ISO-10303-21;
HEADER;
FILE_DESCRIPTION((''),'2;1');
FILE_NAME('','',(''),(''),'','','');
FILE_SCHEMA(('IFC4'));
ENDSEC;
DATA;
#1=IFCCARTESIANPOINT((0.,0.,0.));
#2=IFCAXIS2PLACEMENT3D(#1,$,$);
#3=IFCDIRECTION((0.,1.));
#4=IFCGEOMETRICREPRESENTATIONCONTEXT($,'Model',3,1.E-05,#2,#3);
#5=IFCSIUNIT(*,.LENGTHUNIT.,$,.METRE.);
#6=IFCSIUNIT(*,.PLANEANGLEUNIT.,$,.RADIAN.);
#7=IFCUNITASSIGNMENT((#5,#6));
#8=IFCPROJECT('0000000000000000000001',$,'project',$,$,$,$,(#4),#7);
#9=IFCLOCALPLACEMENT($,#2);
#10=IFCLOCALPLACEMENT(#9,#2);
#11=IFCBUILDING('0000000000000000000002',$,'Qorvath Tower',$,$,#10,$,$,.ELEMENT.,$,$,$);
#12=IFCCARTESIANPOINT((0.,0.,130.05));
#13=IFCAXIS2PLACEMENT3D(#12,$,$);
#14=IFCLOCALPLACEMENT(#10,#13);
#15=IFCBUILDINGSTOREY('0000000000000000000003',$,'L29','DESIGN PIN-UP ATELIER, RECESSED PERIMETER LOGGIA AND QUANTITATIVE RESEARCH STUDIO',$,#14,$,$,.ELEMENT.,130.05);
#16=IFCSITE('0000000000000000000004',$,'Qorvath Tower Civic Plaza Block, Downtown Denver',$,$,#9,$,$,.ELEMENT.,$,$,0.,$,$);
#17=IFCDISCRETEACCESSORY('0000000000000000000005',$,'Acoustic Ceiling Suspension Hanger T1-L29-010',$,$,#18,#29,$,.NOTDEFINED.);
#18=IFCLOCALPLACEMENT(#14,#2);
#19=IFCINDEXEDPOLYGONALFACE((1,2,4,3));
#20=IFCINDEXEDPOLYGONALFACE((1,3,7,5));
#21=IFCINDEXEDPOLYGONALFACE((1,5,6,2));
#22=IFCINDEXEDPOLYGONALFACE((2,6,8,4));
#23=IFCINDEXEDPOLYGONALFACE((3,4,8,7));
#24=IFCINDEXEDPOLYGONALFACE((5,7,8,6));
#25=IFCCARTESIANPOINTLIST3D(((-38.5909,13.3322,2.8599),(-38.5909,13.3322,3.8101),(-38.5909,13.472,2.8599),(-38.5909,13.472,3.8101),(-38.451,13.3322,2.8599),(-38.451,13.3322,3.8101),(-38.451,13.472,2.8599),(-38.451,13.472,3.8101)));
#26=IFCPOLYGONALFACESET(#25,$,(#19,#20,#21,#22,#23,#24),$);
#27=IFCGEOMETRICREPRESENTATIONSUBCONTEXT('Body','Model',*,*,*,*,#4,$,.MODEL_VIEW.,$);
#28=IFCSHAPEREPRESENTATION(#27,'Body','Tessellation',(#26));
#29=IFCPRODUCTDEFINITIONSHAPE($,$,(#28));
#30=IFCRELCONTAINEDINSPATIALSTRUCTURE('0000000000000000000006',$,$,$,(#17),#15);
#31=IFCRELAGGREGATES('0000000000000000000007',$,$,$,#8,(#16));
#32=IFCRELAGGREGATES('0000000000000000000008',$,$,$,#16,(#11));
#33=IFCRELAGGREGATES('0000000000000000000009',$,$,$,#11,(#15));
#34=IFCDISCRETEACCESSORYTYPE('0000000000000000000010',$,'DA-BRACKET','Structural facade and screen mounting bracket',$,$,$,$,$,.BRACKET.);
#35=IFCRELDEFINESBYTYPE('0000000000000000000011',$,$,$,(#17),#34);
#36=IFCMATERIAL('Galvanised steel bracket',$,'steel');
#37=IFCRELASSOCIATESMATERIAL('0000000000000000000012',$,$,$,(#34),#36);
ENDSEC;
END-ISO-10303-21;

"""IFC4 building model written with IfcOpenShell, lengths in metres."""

from ifc_helpers import new_model, si_unit, direction, frame, origin, origin_2d, place, context, subcontext, project, spatial, rectangle, extrude, material, type_object, element, save


model = new_model("IFC4")

# Units and contexts
model_context = context("Model", 3, precision=1e-05, world=origin(), true_north=direction((0.0, 1.0)))
body_context = subcontext(model_context, "Body", "Model", "MODEL_VIEW")
ifc_project = project(units=[si_unit("LENGTHUNIT", "METRE"), si_unit("PLANEANGLEUNIT", "RADIAN")], contexts=[model_context])

# Site, building, storey
site_placement = place(None, origin())
site = spatial("IfcSite", under=ifc_project, at=site_placement, Name="Qorvath Tower Civic Plaza Block, Downtown Denver", CompositionType="ELEMENT", RefElevation=0.0)
building_placement = place(site_placement, origin())
building = spatial("IfcBuilding", under=site, at=building_placement, Name="Qorvath Tower", CompositionType="ELEMENT")
storey_placement = place(building_placement, frame((0.0, 0.0, 130.05)))
storey = spatial("IfcBuildingStorey", under=building, at=storey_placement, Name="L29", Description="DESIGN PIN-UP ATELIER, RECESSED PERIMETER LOGGIA AND QUANTITATIVE RESEARCH STUDIO", CompositionType="ELEMENT", Elevation=130.05)

# Discrete accessory
ifc_material_1 = material(Name="Galvanised steel bracket", Category="steel")
discrete_accessory_type = type_object("IfcDiscreteAccessoryType", Name="DA-BRACKET", Description="Structural facade and screen mounting bracket", PredefinedType="BRACKET", material=ifc_material_1)
for number, where, z_axis, x_axis, name in (
    (1, (-38.521, 13.4021, 2.8599), (0.0, 0.0, 1.0), (1.0, 0.0, 0.0), "Acoustic Ceiling Suspension Hanger T1-L29-010"),
):
    element("IfcDiscreteAccessory", number, at=place(storey_placement, frame(where, z_axis=z_axis, x_axis=x_axis)), inside=storey, type_object=discrete_accessory_type, Name=name, PredefinedType="NOTDEFINED", context=body_context, shape_type="SweptSolid", body=[
        extrude(rectangle(XDim=0.1399, YDim=0.1399, at=origin_2d()), origin(), (0.0, 0.0, 1.0), 0.9502),
    ])

save(model, "model.ifc")
